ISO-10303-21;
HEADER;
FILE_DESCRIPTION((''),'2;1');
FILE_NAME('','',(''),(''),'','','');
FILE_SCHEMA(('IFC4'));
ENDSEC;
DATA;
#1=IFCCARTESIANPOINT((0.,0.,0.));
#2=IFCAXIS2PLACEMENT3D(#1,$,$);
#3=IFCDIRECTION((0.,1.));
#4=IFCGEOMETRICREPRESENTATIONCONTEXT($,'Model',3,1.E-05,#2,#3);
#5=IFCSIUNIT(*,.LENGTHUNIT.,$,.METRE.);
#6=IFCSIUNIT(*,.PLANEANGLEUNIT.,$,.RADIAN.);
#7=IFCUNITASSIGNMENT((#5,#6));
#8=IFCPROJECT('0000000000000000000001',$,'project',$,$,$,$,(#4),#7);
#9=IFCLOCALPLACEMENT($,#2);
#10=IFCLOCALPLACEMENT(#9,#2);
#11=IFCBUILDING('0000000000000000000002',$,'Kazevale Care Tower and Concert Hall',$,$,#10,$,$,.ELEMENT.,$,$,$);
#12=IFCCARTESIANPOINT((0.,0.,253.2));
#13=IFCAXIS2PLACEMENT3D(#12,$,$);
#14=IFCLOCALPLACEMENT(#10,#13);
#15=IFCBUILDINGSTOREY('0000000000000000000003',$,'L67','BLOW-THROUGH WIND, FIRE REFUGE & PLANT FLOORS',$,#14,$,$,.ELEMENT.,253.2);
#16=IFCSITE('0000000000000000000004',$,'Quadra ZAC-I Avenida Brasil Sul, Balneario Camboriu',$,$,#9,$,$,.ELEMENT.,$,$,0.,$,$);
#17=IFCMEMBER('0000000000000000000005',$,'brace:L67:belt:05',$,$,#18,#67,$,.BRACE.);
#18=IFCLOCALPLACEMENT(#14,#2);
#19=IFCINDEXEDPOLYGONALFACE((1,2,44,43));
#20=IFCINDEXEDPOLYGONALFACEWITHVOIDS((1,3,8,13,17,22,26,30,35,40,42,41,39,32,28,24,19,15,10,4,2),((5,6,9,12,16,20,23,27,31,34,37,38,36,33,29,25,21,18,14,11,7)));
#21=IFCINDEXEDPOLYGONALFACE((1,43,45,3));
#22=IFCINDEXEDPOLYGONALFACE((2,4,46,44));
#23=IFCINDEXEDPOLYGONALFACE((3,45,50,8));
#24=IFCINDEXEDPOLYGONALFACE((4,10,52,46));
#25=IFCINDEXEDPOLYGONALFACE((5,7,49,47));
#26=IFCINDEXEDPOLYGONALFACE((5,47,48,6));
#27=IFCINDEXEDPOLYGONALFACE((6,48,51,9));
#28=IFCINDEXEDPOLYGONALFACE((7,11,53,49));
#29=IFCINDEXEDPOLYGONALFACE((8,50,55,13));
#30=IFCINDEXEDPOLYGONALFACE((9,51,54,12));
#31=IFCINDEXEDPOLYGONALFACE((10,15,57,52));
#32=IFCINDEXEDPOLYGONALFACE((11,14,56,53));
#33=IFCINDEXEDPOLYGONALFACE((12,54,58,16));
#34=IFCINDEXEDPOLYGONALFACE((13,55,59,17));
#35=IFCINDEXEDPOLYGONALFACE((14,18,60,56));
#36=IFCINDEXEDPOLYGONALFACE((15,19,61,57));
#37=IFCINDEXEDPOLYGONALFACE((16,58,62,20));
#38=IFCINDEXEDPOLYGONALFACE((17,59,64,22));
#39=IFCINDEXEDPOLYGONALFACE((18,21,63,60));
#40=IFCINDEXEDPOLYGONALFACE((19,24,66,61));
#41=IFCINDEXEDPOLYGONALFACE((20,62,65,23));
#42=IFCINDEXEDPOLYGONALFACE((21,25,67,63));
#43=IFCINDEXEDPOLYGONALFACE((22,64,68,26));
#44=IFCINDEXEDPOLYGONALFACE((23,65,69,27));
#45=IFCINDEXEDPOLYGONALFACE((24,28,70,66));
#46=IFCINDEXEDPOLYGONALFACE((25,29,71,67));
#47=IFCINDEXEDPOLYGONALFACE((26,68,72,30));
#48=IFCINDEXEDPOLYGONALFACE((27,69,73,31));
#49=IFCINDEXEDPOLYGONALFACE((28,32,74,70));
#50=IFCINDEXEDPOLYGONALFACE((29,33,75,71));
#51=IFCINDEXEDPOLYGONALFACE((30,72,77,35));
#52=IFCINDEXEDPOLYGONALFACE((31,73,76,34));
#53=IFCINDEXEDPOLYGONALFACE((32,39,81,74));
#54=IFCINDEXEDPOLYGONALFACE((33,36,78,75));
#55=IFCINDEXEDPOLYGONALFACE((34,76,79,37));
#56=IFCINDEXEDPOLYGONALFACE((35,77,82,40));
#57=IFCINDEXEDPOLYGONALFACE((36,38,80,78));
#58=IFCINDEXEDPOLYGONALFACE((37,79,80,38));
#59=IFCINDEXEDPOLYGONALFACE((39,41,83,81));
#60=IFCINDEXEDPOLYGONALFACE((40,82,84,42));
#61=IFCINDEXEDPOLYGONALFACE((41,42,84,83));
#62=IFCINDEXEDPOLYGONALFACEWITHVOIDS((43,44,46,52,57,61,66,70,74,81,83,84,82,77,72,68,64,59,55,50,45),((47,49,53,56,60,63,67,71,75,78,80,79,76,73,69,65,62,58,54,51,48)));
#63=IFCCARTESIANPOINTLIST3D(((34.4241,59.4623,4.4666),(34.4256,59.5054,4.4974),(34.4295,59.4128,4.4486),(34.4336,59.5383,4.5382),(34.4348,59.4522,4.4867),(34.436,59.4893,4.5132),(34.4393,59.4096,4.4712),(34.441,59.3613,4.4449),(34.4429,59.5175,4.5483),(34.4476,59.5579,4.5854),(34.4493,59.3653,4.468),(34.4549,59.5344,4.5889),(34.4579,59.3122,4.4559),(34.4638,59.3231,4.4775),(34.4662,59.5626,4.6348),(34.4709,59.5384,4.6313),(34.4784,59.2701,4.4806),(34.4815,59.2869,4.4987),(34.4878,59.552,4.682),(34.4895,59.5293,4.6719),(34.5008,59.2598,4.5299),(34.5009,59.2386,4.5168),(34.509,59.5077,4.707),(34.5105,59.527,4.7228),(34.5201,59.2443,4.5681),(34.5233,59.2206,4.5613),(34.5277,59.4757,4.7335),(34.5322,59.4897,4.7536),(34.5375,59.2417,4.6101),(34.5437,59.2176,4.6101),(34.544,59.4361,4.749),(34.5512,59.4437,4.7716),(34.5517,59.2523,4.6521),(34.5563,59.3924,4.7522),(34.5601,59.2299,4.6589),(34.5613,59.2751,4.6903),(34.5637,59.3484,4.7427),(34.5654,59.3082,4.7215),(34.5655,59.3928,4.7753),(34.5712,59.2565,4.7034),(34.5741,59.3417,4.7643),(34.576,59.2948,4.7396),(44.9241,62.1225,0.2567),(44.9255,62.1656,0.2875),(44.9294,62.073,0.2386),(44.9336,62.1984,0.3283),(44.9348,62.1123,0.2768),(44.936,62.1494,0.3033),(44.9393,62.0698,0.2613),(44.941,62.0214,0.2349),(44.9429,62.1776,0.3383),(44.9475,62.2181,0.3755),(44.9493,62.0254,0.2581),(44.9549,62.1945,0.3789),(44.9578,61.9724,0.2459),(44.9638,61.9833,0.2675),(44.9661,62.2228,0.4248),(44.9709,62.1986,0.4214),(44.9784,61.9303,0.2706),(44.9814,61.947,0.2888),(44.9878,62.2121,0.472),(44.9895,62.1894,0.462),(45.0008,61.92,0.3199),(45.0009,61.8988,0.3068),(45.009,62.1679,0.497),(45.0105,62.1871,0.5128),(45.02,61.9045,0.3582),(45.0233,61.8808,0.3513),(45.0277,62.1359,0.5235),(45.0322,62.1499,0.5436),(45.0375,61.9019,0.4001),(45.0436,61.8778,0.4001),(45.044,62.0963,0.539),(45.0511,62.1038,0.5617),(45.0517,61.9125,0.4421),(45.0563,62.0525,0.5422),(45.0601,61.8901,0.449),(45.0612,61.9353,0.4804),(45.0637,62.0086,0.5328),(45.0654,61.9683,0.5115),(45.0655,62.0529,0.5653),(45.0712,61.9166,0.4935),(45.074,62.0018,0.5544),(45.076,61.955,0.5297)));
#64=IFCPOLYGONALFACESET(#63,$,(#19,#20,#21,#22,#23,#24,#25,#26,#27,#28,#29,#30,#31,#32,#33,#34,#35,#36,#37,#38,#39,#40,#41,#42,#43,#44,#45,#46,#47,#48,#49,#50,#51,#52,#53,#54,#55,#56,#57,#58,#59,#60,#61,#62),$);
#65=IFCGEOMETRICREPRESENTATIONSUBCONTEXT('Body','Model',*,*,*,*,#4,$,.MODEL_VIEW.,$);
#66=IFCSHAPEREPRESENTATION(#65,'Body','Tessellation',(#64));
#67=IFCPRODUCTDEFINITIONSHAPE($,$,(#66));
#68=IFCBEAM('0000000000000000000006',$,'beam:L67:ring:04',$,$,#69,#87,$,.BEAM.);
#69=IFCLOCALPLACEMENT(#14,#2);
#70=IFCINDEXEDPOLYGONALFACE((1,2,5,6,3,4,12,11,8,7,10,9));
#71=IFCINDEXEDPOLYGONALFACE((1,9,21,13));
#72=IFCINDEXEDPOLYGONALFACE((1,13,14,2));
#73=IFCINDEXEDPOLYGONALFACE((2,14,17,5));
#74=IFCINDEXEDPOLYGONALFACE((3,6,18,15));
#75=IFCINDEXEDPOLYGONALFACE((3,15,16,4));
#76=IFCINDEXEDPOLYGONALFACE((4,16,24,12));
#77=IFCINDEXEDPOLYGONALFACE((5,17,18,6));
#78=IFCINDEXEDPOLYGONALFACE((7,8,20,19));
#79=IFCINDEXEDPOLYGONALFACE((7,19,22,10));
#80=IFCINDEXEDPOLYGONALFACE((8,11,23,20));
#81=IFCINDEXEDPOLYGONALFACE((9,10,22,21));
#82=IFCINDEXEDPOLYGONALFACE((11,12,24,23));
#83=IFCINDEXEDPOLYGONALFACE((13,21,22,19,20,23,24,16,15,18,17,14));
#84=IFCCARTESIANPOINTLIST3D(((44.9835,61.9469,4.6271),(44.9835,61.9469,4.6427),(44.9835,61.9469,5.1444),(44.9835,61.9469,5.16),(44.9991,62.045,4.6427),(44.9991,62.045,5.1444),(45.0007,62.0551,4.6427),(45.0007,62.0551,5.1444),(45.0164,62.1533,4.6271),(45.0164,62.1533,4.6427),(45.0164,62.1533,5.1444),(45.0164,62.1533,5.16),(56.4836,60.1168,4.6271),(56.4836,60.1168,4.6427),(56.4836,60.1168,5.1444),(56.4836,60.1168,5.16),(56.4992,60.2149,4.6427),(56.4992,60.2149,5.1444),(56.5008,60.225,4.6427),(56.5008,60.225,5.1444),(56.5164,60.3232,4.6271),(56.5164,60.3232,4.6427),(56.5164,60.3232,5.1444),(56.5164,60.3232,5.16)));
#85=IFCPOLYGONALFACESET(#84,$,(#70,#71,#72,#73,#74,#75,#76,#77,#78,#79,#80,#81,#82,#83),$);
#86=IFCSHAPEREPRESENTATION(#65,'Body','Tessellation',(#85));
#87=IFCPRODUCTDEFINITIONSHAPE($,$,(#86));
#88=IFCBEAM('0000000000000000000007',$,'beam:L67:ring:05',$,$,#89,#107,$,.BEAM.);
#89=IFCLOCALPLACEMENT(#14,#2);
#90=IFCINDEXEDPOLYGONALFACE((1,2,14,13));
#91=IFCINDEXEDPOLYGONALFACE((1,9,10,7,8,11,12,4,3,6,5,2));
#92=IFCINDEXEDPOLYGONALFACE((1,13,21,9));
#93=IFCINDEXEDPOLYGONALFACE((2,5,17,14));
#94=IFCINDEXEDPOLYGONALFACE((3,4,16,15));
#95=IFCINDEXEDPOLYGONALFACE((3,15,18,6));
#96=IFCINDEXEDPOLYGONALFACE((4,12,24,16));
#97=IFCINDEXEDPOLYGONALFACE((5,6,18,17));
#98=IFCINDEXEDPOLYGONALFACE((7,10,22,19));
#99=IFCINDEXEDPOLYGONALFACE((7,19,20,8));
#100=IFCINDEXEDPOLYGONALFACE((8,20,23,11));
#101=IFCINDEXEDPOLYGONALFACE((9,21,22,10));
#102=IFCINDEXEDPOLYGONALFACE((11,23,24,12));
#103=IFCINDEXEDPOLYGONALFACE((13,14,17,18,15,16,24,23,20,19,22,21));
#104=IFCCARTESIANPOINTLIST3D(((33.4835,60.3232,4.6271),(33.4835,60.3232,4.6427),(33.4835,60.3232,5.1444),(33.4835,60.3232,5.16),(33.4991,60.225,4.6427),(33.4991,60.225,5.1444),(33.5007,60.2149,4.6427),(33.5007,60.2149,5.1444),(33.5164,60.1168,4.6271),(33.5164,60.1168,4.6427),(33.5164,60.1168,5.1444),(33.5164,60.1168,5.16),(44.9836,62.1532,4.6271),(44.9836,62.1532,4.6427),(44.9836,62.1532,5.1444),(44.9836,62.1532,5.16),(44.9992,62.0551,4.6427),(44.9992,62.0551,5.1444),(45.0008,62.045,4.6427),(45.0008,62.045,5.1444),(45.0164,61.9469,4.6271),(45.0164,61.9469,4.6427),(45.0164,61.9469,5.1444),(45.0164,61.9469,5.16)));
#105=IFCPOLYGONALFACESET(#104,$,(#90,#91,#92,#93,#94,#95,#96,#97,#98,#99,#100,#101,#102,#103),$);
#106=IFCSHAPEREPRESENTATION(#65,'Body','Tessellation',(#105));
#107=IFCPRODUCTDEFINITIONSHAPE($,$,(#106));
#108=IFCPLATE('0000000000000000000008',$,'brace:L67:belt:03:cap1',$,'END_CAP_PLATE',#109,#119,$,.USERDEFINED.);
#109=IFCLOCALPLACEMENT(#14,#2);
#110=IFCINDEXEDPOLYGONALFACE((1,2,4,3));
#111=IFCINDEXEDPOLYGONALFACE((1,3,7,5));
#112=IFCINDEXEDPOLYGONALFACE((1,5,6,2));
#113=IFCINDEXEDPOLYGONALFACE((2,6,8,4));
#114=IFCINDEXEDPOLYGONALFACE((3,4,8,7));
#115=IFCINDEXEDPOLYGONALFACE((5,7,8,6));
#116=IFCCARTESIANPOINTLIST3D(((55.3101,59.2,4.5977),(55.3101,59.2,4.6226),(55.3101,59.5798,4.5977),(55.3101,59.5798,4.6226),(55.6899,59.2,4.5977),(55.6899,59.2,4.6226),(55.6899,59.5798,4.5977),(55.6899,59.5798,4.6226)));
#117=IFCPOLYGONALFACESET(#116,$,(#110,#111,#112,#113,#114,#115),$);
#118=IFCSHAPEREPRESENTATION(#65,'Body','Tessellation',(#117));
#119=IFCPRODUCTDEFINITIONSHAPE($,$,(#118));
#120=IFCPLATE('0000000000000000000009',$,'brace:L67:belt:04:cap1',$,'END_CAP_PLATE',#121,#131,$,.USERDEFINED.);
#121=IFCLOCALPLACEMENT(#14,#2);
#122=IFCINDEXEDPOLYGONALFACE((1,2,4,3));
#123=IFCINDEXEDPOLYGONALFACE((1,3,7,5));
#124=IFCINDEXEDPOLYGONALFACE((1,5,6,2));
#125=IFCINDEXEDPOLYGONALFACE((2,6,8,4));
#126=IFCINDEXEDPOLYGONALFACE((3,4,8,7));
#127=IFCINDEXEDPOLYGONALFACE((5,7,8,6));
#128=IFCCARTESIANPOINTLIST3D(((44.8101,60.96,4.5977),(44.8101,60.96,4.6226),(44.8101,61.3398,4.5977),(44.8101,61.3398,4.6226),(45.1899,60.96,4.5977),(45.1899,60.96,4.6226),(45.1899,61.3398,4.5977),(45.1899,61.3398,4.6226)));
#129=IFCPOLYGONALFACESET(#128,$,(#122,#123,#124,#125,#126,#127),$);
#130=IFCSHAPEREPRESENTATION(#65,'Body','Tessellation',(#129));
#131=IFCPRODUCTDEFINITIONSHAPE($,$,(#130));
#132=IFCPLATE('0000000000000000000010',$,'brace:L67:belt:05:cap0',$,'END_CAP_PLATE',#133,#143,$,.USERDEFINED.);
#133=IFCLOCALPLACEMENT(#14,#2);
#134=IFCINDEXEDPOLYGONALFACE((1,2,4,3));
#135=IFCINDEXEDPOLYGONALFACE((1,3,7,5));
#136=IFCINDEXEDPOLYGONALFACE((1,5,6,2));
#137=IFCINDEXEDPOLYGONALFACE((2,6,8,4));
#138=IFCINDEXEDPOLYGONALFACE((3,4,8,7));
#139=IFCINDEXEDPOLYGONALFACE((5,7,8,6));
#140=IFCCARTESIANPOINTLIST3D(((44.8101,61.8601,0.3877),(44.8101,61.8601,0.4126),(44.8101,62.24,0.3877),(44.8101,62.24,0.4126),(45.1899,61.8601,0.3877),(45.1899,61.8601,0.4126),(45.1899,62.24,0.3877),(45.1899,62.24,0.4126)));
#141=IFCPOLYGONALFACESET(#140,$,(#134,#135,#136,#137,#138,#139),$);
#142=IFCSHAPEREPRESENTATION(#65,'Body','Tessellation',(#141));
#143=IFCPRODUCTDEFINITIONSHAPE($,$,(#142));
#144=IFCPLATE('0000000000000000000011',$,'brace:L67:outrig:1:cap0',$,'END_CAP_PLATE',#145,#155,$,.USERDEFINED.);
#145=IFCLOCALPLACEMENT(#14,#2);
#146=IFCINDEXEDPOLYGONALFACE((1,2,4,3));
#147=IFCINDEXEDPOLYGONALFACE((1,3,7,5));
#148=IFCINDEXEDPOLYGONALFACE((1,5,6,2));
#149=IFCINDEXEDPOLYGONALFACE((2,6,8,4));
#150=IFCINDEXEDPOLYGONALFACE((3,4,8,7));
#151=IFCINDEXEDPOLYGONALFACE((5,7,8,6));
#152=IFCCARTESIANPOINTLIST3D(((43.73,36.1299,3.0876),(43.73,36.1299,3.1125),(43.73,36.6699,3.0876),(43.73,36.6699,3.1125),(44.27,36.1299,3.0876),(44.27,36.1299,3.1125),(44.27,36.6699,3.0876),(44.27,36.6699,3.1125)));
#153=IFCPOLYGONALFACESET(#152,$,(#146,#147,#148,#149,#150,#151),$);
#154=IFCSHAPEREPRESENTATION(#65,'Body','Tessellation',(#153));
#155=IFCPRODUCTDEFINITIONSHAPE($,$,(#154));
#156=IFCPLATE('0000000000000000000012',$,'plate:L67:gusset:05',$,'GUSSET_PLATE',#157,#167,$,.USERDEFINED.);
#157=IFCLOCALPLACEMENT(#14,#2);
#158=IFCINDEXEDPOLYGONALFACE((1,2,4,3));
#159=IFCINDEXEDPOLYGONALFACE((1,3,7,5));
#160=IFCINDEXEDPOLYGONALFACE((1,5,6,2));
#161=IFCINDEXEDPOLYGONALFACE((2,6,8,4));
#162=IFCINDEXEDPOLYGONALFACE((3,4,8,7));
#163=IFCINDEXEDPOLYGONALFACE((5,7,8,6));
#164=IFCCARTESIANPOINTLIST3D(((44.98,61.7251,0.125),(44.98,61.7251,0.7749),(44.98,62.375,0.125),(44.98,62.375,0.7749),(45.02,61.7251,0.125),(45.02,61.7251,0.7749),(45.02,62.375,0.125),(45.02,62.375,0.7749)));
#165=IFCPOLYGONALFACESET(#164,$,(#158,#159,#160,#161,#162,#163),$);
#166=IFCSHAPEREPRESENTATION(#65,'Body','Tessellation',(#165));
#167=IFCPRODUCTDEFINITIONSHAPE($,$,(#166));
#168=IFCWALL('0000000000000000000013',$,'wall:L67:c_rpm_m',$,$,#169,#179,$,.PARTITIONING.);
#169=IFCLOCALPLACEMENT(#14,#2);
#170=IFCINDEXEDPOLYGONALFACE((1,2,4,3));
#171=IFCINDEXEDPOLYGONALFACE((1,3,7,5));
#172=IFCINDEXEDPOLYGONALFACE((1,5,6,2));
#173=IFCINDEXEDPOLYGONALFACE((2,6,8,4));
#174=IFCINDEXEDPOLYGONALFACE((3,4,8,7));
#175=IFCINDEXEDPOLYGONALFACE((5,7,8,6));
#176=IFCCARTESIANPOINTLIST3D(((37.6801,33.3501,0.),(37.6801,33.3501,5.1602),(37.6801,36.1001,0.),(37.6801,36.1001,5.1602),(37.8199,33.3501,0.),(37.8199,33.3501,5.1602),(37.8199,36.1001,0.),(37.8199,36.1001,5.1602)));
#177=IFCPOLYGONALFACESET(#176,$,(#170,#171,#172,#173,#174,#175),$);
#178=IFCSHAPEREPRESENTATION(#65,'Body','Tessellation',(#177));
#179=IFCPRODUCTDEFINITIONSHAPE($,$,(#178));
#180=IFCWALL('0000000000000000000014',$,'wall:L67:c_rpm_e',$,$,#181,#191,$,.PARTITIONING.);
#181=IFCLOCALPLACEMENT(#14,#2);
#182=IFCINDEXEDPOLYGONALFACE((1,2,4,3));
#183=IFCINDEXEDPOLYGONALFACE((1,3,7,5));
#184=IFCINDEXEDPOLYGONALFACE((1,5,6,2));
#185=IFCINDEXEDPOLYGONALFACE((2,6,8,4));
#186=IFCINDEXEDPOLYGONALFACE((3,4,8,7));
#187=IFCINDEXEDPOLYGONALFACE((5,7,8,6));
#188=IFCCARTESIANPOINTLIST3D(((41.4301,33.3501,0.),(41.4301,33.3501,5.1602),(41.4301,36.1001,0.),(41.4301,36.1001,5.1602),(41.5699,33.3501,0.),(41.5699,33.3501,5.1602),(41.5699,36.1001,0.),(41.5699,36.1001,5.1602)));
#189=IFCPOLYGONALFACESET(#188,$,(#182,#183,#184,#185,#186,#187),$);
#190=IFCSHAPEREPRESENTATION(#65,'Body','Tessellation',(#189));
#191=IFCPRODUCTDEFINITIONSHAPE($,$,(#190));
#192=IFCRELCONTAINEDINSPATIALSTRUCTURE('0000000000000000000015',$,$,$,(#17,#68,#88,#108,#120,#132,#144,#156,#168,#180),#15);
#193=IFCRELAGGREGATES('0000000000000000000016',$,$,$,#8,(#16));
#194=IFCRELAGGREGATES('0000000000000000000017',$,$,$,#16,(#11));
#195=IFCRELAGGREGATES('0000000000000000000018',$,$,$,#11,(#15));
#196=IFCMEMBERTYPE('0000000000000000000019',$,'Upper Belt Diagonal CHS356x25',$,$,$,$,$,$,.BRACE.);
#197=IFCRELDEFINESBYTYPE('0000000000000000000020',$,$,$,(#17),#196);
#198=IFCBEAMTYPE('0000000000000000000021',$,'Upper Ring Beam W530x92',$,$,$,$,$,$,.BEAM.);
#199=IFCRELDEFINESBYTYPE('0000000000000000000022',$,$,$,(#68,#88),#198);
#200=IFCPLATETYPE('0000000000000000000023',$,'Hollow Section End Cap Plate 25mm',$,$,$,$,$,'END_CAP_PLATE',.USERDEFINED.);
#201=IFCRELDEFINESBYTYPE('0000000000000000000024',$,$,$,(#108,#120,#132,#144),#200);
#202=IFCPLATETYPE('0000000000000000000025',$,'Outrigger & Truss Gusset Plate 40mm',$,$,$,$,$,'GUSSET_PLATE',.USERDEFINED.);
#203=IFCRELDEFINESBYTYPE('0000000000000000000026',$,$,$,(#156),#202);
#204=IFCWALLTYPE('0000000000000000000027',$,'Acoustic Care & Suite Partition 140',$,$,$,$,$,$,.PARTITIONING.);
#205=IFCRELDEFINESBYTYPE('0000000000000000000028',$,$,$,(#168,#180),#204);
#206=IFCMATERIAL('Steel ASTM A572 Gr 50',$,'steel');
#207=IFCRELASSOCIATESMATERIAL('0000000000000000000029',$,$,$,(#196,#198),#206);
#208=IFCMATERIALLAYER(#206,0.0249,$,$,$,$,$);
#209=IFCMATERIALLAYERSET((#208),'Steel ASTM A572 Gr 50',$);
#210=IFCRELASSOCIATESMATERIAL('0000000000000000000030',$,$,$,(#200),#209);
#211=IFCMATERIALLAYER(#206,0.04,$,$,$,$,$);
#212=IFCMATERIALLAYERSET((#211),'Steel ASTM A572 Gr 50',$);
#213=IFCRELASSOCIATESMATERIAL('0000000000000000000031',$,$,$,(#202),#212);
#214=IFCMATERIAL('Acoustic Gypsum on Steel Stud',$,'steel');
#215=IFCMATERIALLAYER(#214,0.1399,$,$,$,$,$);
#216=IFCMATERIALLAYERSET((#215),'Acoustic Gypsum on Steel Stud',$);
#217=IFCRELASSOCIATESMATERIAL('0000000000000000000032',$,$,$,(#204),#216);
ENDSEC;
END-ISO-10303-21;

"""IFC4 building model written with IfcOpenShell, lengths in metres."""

from ifc_helpers import new_model, si_unit, direction, frame, frame_2d, origin, origin_2d, place, context, subcontext, project, spatial, rectangle, hollow_circle, i_section, extrude, material, layer, layer_set, material_profile, profile_set, type_object, element, save


model = new_model("IFC4")

# Units and contexts
model_context = context("Model", 3, precision=1e-05, world=origin(), true_north=direction((0.0, 1.0)))
body_context = subcontext(model_context, "Body", "Model", "MODEL_VIEW")
ifc_project = project(units=[si_unit("LENGTHUNIT", "METRE"), si_unit("PLANEANGLEUNIT", "RADIAN")], contexts=[model_context])

# Site, building, storey
site_placement = place(None, origin())
site = spatial("IfcSite", under=ifc_project, at=site_placement, Name="Quadra ZAC-I Avenida Brasil Sul, Balneario Camboriu", CompositionType="ELEMENT", RefElevation=0.0)
building_placement = place(site_placement, origin())
building = spatial("IfcBuilding", under=site, at=building_placement, Name="Kazevale Care Tower and Concert Hall", CompositionType="ELEMENT")
storey_placement = place(building_placement, frame((0.0, 0.0, 253.2)))
storey = spatial("IfcBuildingStorey", under=building, at=storey_placement, Name="L67", Description="BLOW-THROUGH WIND, FIRE REFUGE & PLANT FLOORS", CompositionType="ELEMENT", Elevation=253.2)

# Shared definitions
ifc_material_1 = material(Name="Steel ASTM A572 Gr 50", Category="steel")

# Member
ifc_material_profile_1 = material_profile(ifc_material_1, hollow_circle(Radius=0.1777, WallThickness=0.0249, at=origin_2d()), Name="CHS356x25")
ifc_profile_set_1 = profile_set([ifc_material_profile_1], Name="Steel ASTM A572 Gr 50")
member_type_1 = type_object("IfcMemberType", Name="Upper Belt Diagonal CHS356x25", PredefinedType="BRACE", material=ifc_profile_set_1)
member_1_placement = place(storey_placement, frame((45.0, 62.05, 0.4001), z_axis=(-0.903528, -0.228907, 0.362268), x_axis=(0.245589, -0.969374, 0.0)))
element("IfcMember", 1, at=member_1_placement, inside=storey, type_object=member_type_1, Name="brace:L67:belt:05", PredefinedType="BRACE", context=body_context, shape_type="SweptSolid", body=[
    extrude(hollow_circle(Radius=0.1777, WallThickness=0.0249, at=origin_2d()), origin(), (0.0, 0.0, 1.0), 11.6211),
])

# Beams
ifc_material_profile_2 = material_profile(ifc_material_1, i_section(OverallWidth=0.209, OverallDepth=0.533, WebThickness=0.0103, FlangeThickness=0.0156, at=origin_2d()), Name="W530x92")
ifc_profile_set_2 = profile_set([ifc_material_profile_2], Name="Steel ASTM A572 Gr 50")
beam_type_1 = type_object("IfcBeamType", Name="Upper Ring Beam W530x92", PredefinedType="BEAM", material=ifc_profile_set_2)
for number, where, z_axis, x_axis, name in (
    (2, (56.5, 60.22, 4.8936), (-0.987573, 0.15716, 0.0), (-0.15716, -0.987573, 0.0), "beam:L67:ring:04"),
    (3, (45.0, 62.05, 4.8936), (-0.987573, -0.15716, 0.0), (0.15716, -0.987573, 0.0), "beam:L67:ring:05"),
):
    element("IfcBeam", number, at=place(storey_placement, frame(where, z_axis=z_axis, x_axis=x_axis)), inside=storey, type_object=beam_type_1, Name=name, PredefinedType="BEAM", context=body_context, shape_type="SweptSolid", body=[
        extrude(i_section(OverallWidth=0.209, OverallDepth=0.533, WebThickness=0.0103, FlangeThickness=0.0156, at=origin_2d()), origin(), (0.0, 0.0, 1.0), 11.6448),
    ])

# Plates
ifc_layer_1 = layer(ifc_material_1, 0.0249)
ifc_layer_set_1 = layer_set([ifc_layer_1], Name="Steel ASTM A572 Gr 50")
plate_type_1 = type_object("IfcPlateType", Name="Hollow Section End Cap Plate 25mm", ElementType="END_CAP_PLATE", PredefinedType="USERDEFINED", material=ifc_layer_set_1)
for number, where, z_axis, x_axis, name in (
    (4, (55.5, 59.3899, 4.5977), (0.0, 0.0, 1.0), (1.0, 0.0, 0.0), "brace:L67:belt:03:cap1"),
    (5, (45.0, 61.1499, 4.5977), (0.0, 0.0, 1.0), (1.0, 0.0, 0.0), "brace:L67:belt:04:cap1"),
    (6, (45.0, 62.05, 0.3877), (0.0, 0.0, 1.0), (1.0, 0.0, 0.0), "brace:L67:belt:05:cap0"),
):
    element("IfcPlate", number, at=place(storey_placement, frame(where, z_axis=z_axis, x_axis=x_axis)), inside=storey, type_object=plate_type_1, Name=name, ObjectType="END_CAP_PLATE", PredefinedType="USERDEFINED", context=body_context, shape_type="SweptSolid", body=[
        extrude(rectangle(XDim=0.3799, YDim=0.3799, at=origin_2d()), origin(), (0.0, 0.0, 1.0), 0.0249),
    ])
plate_1_placement = place(storey_placement, frame((44.0, 36.3999, 3.0876), z_axis=(0.0, 0.0, 1.0), x_axis=(1.0, 0.0, 0.0)))
element("IfcPlate", 7, at=plate_1_placement, inside=storey, type_object=plate_type_1, Name="brace:L67:outrig:1:cap0", ObjectType="END_CAP_PLATE", PredefinedType="USERDEFINED", context=body_context, shape_type="SweptSolid", body=[
    extrude(rectangle(XDim=0.54, YDim=0.54, at=origin_2d()), origin(), (0.0, 0.0, 1.0), 0.0249),
])
ifc_layer_2 = layer(ifc_material_1, 0.04)
ifc_layer_set_2 = layer_set([ifc_layer_2], Name="Steel ASTM A572 Gr 50")
plate_type_2 = type_object("IfcPlateType", Name="Outrigger & Truss Gusset Plate 40mm", ElementType="GUSSET_PLATE", PredefinedType="USERDEFINED", material=ifc_layer_set_2)
plate_2_placement = place(storey_placement, frame((45.0, 62.05, 0.125), z_axis=(0.0, 0.0, 1.0), x_axis=(0.0, 1.0, 0.0)))
element("IfcPlate", 8, at=plate_2_placement, inside=storey, type_object=plate_type_2, Name="plate:L67:gusset:05", ObjectType="GUSSET_PLATE", PredefinedType="USERDEFINED", context=body_context, shape_type="SweptSolid", body=[
    extrude(rectangle(XDim=0.6499, YDim=0.04, at=origin_2d()), origin(), (0.0, 0.0, 1.0), 0.6499),
])

# Walls
ifc_material_2 = material(Name="Acoustic Gypsum on Steel Stud", Category="steel")
ifc_layer_3 = layer(ifc_material_2, 0.1399)
ifc_layer_set_3 = layer_set([ifc_layer_3], Name="Acoustic Gypsum on Steel Stud")
wall_type_1 = type_object("IfcWallType", Name="Acoustic Care & Suite Partition 140", PredefinedType="PARTITIONING", material=ifc_layer_set_3)
for number, where, z_axis, x_axis, name in (
    (9, (37.75, 33.3501, 0.0), (0.0, 0.0, 1.0), (0.0, 1.0, 0.0), "wall:L67:c_rpm_m"),
    (10, (41.5, 33.3501, 0.0), (0.0, 0.0, 1.0), (0.0, 1.0, 0.0), "wall:L67:c_rpm_e"),
):
    element("IfcWall", number, at=place(storey_placement, frame(where, z_axis=z_axis, x_axis=x_axis)), inside=storey, type_object=wall_type_1, Name=name, PredefinedType="PARTITIONING", context=body_context, shape_type="SweptSolid", body=[
        extrude(rectangle(XDim=2.75, YDim=0.1399, at=frame_2d((1.375, 0.0))), origin(), (0.0, 0.0, 1.0), 5.1602),
    ])

save(model, "model.ifc")
